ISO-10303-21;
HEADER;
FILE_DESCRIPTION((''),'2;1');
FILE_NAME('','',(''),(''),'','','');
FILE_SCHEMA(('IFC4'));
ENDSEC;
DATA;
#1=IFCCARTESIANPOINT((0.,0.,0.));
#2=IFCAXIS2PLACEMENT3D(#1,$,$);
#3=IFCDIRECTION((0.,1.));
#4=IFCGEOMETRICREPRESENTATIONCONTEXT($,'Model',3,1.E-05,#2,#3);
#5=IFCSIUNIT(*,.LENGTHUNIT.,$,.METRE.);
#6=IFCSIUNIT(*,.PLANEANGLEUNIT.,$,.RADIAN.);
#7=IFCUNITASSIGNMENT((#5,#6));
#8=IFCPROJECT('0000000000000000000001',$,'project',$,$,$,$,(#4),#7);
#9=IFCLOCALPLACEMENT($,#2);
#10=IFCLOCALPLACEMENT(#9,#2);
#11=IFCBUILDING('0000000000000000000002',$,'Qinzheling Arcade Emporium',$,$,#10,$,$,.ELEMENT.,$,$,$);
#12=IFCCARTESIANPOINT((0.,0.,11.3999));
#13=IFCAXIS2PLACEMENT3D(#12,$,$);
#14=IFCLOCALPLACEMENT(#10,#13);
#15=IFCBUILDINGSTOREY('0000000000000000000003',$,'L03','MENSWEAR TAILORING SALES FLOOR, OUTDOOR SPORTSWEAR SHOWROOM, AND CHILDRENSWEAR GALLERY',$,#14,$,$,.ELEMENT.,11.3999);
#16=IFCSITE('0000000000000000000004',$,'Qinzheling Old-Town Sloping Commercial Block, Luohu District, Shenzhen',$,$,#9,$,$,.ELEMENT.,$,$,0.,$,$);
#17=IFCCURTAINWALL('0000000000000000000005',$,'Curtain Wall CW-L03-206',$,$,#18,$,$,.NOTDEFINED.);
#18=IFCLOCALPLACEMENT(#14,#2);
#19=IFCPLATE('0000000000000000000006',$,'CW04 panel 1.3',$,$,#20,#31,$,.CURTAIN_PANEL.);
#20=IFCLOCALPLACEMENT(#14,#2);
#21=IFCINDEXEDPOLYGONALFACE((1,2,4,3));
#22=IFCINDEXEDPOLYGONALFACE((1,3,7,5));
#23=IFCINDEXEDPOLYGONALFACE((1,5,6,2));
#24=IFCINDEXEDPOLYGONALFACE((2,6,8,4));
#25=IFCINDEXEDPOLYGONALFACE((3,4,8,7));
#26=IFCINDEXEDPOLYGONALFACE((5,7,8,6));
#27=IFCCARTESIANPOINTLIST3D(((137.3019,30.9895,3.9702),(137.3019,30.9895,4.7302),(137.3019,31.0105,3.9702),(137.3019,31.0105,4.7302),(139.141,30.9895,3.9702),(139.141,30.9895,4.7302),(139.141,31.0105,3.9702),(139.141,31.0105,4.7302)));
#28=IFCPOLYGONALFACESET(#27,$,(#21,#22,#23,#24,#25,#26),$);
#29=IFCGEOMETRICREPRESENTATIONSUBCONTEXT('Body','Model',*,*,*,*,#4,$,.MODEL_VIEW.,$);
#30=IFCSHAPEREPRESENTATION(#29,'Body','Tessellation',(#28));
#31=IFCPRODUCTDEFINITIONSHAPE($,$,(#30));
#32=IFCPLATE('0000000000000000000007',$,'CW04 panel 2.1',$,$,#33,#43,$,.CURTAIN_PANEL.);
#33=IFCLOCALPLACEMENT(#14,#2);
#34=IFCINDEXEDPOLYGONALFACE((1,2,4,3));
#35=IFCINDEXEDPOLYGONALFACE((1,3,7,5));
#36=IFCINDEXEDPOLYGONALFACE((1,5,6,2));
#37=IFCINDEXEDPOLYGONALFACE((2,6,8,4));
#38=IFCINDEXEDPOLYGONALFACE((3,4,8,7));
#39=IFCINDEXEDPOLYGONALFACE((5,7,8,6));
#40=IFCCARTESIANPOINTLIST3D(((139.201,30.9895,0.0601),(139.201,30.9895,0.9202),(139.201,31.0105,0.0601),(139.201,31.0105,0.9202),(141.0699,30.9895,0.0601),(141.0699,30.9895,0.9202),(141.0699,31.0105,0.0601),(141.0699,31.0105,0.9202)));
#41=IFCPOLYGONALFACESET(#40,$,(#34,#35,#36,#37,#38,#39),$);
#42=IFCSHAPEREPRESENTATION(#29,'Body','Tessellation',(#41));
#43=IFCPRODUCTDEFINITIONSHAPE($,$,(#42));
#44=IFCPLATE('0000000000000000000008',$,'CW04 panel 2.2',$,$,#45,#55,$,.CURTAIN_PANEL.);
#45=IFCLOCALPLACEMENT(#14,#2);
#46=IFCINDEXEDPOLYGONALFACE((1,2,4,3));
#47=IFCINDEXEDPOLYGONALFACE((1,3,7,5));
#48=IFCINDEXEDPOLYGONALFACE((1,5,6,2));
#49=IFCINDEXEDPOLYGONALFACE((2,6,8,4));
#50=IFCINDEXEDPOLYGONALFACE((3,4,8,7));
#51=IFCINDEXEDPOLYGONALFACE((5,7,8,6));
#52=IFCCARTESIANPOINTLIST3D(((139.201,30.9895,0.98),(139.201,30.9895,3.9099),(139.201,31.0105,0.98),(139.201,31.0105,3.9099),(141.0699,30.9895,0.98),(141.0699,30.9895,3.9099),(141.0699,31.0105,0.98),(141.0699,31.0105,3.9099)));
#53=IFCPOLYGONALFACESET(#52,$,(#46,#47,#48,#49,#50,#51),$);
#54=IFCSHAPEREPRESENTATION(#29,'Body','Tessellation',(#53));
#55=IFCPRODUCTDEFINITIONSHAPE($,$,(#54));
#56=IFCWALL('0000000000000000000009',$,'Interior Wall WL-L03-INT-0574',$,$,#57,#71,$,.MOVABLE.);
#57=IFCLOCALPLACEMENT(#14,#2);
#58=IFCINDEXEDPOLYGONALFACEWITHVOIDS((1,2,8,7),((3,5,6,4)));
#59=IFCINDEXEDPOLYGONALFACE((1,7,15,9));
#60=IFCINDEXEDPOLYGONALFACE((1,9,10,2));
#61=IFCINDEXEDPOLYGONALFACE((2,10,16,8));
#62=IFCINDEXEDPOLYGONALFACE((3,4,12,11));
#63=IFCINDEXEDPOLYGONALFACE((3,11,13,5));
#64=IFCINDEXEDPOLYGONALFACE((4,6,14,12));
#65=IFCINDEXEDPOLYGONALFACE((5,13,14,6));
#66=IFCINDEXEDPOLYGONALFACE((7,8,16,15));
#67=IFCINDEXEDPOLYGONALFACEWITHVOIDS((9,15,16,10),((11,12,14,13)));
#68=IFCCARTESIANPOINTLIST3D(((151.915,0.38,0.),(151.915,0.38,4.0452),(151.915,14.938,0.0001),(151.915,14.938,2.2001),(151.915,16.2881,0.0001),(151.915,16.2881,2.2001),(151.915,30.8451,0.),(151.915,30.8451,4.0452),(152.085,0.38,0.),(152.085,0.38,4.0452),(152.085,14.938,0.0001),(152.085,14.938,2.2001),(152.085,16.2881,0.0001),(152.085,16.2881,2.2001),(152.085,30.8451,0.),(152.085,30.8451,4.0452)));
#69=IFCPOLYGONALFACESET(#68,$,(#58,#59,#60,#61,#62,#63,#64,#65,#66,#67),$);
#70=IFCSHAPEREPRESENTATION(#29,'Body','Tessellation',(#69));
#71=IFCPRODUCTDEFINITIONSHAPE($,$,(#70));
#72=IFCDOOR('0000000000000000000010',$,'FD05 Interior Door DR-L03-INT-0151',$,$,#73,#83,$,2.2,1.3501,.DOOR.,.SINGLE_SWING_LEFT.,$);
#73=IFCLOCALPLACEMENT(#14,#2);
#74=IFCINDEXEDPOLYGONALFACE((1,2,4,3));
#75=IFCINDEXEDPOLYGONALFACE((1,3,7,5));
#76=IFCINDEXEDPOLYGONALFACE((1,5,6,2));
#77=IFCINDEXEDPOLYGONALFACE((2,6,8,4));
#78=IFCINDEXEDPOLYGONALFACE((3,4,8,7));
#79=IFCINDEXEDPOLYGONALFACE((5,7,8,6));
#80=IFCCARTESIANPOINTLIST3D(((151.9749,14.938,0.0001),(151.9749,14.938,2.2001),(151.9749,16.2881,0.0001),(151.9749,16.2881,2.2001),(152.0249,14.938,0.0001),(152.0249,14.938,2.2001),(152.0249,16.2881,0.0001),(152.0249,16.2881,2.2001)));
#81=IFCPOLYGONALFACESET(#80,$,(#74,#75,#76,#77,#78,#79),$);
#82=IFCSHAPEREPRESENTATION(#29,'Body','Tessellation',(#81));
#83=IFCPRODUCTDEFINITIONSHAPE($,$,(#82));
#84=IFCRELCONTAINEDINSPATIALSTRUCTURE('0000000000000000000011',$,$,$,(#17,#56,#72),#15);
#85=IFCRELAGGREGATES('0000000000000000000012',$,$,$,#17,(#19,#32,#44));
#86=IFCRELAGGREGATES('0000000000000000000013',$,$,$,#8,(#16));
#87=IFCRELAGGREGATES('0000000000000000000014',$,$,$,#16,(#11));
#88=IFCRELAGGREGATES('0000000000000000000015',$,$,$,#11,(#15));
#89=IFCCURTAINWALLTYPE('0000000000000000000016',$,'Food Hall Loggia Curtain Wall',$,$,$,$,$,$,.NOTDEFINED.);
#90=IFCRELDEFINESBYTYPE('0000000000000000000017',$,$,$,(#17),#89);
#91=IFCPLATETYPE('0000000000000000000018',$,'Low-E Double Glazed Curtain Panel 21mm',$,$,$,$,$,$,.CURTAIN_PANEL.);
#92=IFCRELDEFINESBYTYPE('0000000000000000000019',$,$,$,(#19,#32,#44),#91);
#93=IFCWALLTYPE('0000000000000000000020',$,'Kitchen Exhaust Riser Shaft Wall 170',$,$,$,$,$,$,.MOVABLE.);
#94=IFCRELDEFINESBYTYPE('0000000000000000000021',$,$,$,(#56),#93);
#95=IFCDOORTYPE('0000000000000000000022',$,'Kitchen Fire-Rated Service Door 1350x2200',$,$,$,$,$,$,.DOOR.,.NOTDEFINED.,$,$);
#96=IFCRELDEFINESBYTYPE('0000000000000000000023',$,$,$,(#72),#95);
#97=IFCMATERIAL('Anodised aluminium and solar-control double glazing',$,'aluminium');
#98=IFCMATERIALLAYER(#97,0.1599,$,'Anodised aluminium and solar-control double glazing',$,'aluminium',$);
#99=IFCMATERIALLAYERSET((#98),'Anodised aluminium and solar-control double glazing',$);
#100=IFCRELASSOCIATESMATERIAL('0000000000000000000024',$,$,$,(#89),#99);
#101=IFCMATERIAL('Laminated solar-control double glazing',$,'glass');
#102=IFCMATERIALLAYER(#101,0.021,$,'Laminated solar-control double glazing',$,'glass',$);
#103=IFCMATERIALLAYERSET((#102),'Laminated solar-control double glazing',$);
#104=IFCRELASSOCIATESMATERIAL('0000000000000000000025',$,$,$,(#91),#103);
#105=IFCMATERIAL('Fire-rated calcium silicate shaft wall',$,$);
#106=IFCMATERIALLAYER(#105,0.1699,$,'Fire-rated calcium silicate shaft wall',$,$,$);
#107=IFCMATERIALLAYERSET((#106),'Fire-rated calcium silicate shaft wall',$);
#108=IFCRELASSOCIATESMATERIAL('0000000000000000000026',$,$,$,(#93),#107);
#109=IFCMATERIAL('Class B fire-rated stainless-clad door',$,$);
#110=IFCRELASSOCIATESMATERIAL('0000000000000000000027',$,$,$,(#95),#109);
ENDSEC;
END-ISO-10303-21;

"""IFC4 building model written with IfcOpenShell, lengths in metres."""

from ifc_helpers import new_model, si_unit, direction, frame, frame_2d, origin, origin_2d, place, context, subcontext, project, spatial, rectangle, extrude, material, layer, layer_set, type_object, element, fill, aggregate, save


model = new_model("IFC4")

# Units and contexts
model_context = context("Model", 3, precision=1e-05, world=origin(), true_north=direction((0.0, 1.0)))
body_context = subcontext(model_context, "Body", "Model", "MODEL_VIEW")
ifc_project = project(units=[si_unit("LENGTHUNIT", "METRE"), si_unit("PLANEANGLEUNIT", "RADIAN")], contexts=[model_context])

# Site, building, storey
site_placement = place(None, origin())
site = spatial("IfcSite", under=ifc_project, at=site_placement, Name="Qinzheling Old-Town Sloping Commercial Block, Luohu District, Shenzhen", CompositionType="ELEMENT", RefElevation=0.0)
building_placement = place(site_placement, origin())
building = spatial("IfcBuilding", under=site, at=building_placement, Name="Qinzheling Arcade Emporium", CompositionType="ELEMENT")
storey_placement = place(building_placement, frame((0.0, 0.0, 11.3999)))
storey = spatial("IfcBuildingStorey", under=building, at=storey_placement, Name="L03", Description="MENSWEAR TAILORING SALES FLOOR, OUTDOOR SPORTSWEAR SHOWROOM, AND CHILDRENSWEAR GALLERY", CompositionType="ELEMENT", Elevation=11.3999)

# Curtain wall
ifc_material_1 = material(Name="Anodised aluminium and solar-control double glazing", Category="aluminium")
ifc_layer_1 = layer(ifc_material_1, 0.1599, Name="Anodised aluminium and solar-control double glazing", Category="aluminium")
ifc_layer_set_1 = layer_set([ifc_layer_1], Name="Anodised aluminium and solar-control double glazing")
curtain_wall_type = type_object("IfcCurtainWallType", Name="Food Hall Loggia Curtain Wall", PredefinedType="NOTDEFINED", material=ifc_layer_set_1)
curtain_wall_placement = place(storey_placement, origin())
curtain_wall = element("IfcCurtainWall", 1, at=curtain_wall_placement, inside=storey, type_object=curtain_wall_type, Name="Curtain Wall CW-L03-206", PredefinedType="NOTDEFINED")

# Plates
ifc_material_2 = material(Name="Laminated solar-control double glazing", Category="glass")
ifc_layer_2 = layer(ifc_material_2, 0.021, Name="Laminated solar-control double glazing", Category="glass")
ifc_layer_set_2 = layer_set([ifc_layer_2], Name="Laminated solar-control double glazing")
plate_type = type_object("IfcPlateType", Name="Low-E Double Glazed Curtain Panel 21mm", PredefinedType="CURTAIN_PANEL", material=ifc_layer_set_2)
plate_1_placement = place(storey_placement, frame((138.2214, 31.0, 3.9702), z_axis=(0.0, 0.0, 1.0), x_axis=(1.0, 0.0, 0.0)))
plate_1 = element("IfcPlate", 2, at=plate_1_placement, type_object=plate_type, Name="CW04 panel 1.3", PredefinedType="CURTAIN_PANEL", context=body_context, shape_type="SweptSolid", body=[
    extrude(rectangle(XDim=1.8391, YDim=0.021, at=origin_2d()), origin(), (0.0, 0.0, 1.0), 0.76),
])
plate_2_placement = place(storey_placement, frame((140.1355, 31.0, 0.0601), z_axis=(0.0, 0.0, 1.0), x_axis=(1.0, 0.0, 0.0)))
plate_2 = element("IfcPlate", 3, at=plate_2_placement, type_object=plate_type, Name="CW04 panel 2.1", PredefinedType="CURTAIN_PANEL", context=body_context, shape_type="SweptSolid", body=[
    extrude(rectangle(XDim=1.8689, YDim=0.021, at=origin_2d()), origin(), (0.0, 0.0, 1.0), 0.8601),
])
plate_3_placement = place(storey_placement, frame((140.1355, 31.0, 0.98), z_axis=(0.0, 0.0, 1.0), x_axis=(1.0, 0.0, 0.0)))
plate_3 = element("IfcPlate", 4, at=plate_3_placement, type_object=plate_type, Name="CW04 panel 2.2", PredefinedType="CURTAIN_PANEL", context=body_context, shape_type="SweptSolid", body=[
    extrude(rectangle(XDim=1.8689, YDim=0.021, at=origin_2d()), origin(), (0.0, 0.0, 1.0), 2.9299),
])
aggregate(curtain_wall, [plate_1, plate_2, plate_3])

# Wall, opening, door
ifc_material_3 = material(Name="Fire-rated calcium silicate shaft wall")
ifc_layer_3 = layer(ifc_material_3, 0.1699, Name="Fire-rated calcium silicate shaft wall")
ifc_layer_set_3 = layer_set([ifc_layer_3], Name="Fire-rated calcium silicate shaft wall")
wall_type = type_object("IfcWallType", Name="Kitchen Exhaust Riser Shaft Wall 170", PredefinedType="MOVABLE", material=ifc_layer_set_3)
wall_placement = place(storey_placement, frame((152.0, 30.845, 0.0), z_axis=(0.0, 0.0, 1.0), x_axis=(0.0, -1.0, 0.0)))
wall = element("IfcWall", 5, at=wall_placement, inside=storey, type_object=wall_type, Name="Interior Wall WL-L03-INT-0574", PredefinedType="MOVABLE", context=body_context, shape_type="SweptSolid", body=[
    extrude(rectangle(XDim=30.4651, YDim=0.1699, at=frame_2d((15.2324, 0.0))), origin(), (0.0, 0.0, 1.0), 4.0452),
])
opening_placement = place(wall_placement, frame((14.5569, 0.0, 0.0)))
opening = element("IfcOpeningElement", 6, at=opening_placement, cuts=wall, PredefinedType="OPENING", context=body_context, shape_type="SweptSolid", body=[
    extrude(rectangle(XDim=1.3501, YDim=2.2, at=frame_2d((0.675, 1.1001))), frame((0.0, 0.095, 0.0), z_axis=(0.0, -1.0, 0.0), x_axis=(1.0, 0.0, 0.0)), (0.0, 0.0, 1.0), 0.1899),
])
ifc_material_4 = material(Name="Class B fire-rated stainless-clad door")
door_type = type_object("IfcDoorType", Name="Kitchen Fire-Rated Service Door 1350x2200", OperationType="NOTDEFINED", PredefinedType="DOOR", material=ifc_material_4)
door_placement = place(opening_placement, origin())
door = element("IfcDoor", 7, at=door_placement, inside=storey, type_object=door_type, Name="FD05 Interior Door DR-L03-INT-0151", OperationType="SINGLE_SWING_LEFT", OverallHeight=2.2, OverallWidth=1.3501, PredefinedType="DOOR", context=body_context, shape_type="SweptSolid", body=[
    extrude(rectangle(XDim=1.3501, YDim=2.2, at=frame_2d((0.675, 1.1001))), frame((0.0, 0.0249, 0.0), z_axis=(0.0, -1.0, 0.0), x_axis=(1.0, 0.0, 0.0)), (0.0, 0.0, 1.0), 0.05),
])
fill(opening, door)

save(model, "model.ifc")
